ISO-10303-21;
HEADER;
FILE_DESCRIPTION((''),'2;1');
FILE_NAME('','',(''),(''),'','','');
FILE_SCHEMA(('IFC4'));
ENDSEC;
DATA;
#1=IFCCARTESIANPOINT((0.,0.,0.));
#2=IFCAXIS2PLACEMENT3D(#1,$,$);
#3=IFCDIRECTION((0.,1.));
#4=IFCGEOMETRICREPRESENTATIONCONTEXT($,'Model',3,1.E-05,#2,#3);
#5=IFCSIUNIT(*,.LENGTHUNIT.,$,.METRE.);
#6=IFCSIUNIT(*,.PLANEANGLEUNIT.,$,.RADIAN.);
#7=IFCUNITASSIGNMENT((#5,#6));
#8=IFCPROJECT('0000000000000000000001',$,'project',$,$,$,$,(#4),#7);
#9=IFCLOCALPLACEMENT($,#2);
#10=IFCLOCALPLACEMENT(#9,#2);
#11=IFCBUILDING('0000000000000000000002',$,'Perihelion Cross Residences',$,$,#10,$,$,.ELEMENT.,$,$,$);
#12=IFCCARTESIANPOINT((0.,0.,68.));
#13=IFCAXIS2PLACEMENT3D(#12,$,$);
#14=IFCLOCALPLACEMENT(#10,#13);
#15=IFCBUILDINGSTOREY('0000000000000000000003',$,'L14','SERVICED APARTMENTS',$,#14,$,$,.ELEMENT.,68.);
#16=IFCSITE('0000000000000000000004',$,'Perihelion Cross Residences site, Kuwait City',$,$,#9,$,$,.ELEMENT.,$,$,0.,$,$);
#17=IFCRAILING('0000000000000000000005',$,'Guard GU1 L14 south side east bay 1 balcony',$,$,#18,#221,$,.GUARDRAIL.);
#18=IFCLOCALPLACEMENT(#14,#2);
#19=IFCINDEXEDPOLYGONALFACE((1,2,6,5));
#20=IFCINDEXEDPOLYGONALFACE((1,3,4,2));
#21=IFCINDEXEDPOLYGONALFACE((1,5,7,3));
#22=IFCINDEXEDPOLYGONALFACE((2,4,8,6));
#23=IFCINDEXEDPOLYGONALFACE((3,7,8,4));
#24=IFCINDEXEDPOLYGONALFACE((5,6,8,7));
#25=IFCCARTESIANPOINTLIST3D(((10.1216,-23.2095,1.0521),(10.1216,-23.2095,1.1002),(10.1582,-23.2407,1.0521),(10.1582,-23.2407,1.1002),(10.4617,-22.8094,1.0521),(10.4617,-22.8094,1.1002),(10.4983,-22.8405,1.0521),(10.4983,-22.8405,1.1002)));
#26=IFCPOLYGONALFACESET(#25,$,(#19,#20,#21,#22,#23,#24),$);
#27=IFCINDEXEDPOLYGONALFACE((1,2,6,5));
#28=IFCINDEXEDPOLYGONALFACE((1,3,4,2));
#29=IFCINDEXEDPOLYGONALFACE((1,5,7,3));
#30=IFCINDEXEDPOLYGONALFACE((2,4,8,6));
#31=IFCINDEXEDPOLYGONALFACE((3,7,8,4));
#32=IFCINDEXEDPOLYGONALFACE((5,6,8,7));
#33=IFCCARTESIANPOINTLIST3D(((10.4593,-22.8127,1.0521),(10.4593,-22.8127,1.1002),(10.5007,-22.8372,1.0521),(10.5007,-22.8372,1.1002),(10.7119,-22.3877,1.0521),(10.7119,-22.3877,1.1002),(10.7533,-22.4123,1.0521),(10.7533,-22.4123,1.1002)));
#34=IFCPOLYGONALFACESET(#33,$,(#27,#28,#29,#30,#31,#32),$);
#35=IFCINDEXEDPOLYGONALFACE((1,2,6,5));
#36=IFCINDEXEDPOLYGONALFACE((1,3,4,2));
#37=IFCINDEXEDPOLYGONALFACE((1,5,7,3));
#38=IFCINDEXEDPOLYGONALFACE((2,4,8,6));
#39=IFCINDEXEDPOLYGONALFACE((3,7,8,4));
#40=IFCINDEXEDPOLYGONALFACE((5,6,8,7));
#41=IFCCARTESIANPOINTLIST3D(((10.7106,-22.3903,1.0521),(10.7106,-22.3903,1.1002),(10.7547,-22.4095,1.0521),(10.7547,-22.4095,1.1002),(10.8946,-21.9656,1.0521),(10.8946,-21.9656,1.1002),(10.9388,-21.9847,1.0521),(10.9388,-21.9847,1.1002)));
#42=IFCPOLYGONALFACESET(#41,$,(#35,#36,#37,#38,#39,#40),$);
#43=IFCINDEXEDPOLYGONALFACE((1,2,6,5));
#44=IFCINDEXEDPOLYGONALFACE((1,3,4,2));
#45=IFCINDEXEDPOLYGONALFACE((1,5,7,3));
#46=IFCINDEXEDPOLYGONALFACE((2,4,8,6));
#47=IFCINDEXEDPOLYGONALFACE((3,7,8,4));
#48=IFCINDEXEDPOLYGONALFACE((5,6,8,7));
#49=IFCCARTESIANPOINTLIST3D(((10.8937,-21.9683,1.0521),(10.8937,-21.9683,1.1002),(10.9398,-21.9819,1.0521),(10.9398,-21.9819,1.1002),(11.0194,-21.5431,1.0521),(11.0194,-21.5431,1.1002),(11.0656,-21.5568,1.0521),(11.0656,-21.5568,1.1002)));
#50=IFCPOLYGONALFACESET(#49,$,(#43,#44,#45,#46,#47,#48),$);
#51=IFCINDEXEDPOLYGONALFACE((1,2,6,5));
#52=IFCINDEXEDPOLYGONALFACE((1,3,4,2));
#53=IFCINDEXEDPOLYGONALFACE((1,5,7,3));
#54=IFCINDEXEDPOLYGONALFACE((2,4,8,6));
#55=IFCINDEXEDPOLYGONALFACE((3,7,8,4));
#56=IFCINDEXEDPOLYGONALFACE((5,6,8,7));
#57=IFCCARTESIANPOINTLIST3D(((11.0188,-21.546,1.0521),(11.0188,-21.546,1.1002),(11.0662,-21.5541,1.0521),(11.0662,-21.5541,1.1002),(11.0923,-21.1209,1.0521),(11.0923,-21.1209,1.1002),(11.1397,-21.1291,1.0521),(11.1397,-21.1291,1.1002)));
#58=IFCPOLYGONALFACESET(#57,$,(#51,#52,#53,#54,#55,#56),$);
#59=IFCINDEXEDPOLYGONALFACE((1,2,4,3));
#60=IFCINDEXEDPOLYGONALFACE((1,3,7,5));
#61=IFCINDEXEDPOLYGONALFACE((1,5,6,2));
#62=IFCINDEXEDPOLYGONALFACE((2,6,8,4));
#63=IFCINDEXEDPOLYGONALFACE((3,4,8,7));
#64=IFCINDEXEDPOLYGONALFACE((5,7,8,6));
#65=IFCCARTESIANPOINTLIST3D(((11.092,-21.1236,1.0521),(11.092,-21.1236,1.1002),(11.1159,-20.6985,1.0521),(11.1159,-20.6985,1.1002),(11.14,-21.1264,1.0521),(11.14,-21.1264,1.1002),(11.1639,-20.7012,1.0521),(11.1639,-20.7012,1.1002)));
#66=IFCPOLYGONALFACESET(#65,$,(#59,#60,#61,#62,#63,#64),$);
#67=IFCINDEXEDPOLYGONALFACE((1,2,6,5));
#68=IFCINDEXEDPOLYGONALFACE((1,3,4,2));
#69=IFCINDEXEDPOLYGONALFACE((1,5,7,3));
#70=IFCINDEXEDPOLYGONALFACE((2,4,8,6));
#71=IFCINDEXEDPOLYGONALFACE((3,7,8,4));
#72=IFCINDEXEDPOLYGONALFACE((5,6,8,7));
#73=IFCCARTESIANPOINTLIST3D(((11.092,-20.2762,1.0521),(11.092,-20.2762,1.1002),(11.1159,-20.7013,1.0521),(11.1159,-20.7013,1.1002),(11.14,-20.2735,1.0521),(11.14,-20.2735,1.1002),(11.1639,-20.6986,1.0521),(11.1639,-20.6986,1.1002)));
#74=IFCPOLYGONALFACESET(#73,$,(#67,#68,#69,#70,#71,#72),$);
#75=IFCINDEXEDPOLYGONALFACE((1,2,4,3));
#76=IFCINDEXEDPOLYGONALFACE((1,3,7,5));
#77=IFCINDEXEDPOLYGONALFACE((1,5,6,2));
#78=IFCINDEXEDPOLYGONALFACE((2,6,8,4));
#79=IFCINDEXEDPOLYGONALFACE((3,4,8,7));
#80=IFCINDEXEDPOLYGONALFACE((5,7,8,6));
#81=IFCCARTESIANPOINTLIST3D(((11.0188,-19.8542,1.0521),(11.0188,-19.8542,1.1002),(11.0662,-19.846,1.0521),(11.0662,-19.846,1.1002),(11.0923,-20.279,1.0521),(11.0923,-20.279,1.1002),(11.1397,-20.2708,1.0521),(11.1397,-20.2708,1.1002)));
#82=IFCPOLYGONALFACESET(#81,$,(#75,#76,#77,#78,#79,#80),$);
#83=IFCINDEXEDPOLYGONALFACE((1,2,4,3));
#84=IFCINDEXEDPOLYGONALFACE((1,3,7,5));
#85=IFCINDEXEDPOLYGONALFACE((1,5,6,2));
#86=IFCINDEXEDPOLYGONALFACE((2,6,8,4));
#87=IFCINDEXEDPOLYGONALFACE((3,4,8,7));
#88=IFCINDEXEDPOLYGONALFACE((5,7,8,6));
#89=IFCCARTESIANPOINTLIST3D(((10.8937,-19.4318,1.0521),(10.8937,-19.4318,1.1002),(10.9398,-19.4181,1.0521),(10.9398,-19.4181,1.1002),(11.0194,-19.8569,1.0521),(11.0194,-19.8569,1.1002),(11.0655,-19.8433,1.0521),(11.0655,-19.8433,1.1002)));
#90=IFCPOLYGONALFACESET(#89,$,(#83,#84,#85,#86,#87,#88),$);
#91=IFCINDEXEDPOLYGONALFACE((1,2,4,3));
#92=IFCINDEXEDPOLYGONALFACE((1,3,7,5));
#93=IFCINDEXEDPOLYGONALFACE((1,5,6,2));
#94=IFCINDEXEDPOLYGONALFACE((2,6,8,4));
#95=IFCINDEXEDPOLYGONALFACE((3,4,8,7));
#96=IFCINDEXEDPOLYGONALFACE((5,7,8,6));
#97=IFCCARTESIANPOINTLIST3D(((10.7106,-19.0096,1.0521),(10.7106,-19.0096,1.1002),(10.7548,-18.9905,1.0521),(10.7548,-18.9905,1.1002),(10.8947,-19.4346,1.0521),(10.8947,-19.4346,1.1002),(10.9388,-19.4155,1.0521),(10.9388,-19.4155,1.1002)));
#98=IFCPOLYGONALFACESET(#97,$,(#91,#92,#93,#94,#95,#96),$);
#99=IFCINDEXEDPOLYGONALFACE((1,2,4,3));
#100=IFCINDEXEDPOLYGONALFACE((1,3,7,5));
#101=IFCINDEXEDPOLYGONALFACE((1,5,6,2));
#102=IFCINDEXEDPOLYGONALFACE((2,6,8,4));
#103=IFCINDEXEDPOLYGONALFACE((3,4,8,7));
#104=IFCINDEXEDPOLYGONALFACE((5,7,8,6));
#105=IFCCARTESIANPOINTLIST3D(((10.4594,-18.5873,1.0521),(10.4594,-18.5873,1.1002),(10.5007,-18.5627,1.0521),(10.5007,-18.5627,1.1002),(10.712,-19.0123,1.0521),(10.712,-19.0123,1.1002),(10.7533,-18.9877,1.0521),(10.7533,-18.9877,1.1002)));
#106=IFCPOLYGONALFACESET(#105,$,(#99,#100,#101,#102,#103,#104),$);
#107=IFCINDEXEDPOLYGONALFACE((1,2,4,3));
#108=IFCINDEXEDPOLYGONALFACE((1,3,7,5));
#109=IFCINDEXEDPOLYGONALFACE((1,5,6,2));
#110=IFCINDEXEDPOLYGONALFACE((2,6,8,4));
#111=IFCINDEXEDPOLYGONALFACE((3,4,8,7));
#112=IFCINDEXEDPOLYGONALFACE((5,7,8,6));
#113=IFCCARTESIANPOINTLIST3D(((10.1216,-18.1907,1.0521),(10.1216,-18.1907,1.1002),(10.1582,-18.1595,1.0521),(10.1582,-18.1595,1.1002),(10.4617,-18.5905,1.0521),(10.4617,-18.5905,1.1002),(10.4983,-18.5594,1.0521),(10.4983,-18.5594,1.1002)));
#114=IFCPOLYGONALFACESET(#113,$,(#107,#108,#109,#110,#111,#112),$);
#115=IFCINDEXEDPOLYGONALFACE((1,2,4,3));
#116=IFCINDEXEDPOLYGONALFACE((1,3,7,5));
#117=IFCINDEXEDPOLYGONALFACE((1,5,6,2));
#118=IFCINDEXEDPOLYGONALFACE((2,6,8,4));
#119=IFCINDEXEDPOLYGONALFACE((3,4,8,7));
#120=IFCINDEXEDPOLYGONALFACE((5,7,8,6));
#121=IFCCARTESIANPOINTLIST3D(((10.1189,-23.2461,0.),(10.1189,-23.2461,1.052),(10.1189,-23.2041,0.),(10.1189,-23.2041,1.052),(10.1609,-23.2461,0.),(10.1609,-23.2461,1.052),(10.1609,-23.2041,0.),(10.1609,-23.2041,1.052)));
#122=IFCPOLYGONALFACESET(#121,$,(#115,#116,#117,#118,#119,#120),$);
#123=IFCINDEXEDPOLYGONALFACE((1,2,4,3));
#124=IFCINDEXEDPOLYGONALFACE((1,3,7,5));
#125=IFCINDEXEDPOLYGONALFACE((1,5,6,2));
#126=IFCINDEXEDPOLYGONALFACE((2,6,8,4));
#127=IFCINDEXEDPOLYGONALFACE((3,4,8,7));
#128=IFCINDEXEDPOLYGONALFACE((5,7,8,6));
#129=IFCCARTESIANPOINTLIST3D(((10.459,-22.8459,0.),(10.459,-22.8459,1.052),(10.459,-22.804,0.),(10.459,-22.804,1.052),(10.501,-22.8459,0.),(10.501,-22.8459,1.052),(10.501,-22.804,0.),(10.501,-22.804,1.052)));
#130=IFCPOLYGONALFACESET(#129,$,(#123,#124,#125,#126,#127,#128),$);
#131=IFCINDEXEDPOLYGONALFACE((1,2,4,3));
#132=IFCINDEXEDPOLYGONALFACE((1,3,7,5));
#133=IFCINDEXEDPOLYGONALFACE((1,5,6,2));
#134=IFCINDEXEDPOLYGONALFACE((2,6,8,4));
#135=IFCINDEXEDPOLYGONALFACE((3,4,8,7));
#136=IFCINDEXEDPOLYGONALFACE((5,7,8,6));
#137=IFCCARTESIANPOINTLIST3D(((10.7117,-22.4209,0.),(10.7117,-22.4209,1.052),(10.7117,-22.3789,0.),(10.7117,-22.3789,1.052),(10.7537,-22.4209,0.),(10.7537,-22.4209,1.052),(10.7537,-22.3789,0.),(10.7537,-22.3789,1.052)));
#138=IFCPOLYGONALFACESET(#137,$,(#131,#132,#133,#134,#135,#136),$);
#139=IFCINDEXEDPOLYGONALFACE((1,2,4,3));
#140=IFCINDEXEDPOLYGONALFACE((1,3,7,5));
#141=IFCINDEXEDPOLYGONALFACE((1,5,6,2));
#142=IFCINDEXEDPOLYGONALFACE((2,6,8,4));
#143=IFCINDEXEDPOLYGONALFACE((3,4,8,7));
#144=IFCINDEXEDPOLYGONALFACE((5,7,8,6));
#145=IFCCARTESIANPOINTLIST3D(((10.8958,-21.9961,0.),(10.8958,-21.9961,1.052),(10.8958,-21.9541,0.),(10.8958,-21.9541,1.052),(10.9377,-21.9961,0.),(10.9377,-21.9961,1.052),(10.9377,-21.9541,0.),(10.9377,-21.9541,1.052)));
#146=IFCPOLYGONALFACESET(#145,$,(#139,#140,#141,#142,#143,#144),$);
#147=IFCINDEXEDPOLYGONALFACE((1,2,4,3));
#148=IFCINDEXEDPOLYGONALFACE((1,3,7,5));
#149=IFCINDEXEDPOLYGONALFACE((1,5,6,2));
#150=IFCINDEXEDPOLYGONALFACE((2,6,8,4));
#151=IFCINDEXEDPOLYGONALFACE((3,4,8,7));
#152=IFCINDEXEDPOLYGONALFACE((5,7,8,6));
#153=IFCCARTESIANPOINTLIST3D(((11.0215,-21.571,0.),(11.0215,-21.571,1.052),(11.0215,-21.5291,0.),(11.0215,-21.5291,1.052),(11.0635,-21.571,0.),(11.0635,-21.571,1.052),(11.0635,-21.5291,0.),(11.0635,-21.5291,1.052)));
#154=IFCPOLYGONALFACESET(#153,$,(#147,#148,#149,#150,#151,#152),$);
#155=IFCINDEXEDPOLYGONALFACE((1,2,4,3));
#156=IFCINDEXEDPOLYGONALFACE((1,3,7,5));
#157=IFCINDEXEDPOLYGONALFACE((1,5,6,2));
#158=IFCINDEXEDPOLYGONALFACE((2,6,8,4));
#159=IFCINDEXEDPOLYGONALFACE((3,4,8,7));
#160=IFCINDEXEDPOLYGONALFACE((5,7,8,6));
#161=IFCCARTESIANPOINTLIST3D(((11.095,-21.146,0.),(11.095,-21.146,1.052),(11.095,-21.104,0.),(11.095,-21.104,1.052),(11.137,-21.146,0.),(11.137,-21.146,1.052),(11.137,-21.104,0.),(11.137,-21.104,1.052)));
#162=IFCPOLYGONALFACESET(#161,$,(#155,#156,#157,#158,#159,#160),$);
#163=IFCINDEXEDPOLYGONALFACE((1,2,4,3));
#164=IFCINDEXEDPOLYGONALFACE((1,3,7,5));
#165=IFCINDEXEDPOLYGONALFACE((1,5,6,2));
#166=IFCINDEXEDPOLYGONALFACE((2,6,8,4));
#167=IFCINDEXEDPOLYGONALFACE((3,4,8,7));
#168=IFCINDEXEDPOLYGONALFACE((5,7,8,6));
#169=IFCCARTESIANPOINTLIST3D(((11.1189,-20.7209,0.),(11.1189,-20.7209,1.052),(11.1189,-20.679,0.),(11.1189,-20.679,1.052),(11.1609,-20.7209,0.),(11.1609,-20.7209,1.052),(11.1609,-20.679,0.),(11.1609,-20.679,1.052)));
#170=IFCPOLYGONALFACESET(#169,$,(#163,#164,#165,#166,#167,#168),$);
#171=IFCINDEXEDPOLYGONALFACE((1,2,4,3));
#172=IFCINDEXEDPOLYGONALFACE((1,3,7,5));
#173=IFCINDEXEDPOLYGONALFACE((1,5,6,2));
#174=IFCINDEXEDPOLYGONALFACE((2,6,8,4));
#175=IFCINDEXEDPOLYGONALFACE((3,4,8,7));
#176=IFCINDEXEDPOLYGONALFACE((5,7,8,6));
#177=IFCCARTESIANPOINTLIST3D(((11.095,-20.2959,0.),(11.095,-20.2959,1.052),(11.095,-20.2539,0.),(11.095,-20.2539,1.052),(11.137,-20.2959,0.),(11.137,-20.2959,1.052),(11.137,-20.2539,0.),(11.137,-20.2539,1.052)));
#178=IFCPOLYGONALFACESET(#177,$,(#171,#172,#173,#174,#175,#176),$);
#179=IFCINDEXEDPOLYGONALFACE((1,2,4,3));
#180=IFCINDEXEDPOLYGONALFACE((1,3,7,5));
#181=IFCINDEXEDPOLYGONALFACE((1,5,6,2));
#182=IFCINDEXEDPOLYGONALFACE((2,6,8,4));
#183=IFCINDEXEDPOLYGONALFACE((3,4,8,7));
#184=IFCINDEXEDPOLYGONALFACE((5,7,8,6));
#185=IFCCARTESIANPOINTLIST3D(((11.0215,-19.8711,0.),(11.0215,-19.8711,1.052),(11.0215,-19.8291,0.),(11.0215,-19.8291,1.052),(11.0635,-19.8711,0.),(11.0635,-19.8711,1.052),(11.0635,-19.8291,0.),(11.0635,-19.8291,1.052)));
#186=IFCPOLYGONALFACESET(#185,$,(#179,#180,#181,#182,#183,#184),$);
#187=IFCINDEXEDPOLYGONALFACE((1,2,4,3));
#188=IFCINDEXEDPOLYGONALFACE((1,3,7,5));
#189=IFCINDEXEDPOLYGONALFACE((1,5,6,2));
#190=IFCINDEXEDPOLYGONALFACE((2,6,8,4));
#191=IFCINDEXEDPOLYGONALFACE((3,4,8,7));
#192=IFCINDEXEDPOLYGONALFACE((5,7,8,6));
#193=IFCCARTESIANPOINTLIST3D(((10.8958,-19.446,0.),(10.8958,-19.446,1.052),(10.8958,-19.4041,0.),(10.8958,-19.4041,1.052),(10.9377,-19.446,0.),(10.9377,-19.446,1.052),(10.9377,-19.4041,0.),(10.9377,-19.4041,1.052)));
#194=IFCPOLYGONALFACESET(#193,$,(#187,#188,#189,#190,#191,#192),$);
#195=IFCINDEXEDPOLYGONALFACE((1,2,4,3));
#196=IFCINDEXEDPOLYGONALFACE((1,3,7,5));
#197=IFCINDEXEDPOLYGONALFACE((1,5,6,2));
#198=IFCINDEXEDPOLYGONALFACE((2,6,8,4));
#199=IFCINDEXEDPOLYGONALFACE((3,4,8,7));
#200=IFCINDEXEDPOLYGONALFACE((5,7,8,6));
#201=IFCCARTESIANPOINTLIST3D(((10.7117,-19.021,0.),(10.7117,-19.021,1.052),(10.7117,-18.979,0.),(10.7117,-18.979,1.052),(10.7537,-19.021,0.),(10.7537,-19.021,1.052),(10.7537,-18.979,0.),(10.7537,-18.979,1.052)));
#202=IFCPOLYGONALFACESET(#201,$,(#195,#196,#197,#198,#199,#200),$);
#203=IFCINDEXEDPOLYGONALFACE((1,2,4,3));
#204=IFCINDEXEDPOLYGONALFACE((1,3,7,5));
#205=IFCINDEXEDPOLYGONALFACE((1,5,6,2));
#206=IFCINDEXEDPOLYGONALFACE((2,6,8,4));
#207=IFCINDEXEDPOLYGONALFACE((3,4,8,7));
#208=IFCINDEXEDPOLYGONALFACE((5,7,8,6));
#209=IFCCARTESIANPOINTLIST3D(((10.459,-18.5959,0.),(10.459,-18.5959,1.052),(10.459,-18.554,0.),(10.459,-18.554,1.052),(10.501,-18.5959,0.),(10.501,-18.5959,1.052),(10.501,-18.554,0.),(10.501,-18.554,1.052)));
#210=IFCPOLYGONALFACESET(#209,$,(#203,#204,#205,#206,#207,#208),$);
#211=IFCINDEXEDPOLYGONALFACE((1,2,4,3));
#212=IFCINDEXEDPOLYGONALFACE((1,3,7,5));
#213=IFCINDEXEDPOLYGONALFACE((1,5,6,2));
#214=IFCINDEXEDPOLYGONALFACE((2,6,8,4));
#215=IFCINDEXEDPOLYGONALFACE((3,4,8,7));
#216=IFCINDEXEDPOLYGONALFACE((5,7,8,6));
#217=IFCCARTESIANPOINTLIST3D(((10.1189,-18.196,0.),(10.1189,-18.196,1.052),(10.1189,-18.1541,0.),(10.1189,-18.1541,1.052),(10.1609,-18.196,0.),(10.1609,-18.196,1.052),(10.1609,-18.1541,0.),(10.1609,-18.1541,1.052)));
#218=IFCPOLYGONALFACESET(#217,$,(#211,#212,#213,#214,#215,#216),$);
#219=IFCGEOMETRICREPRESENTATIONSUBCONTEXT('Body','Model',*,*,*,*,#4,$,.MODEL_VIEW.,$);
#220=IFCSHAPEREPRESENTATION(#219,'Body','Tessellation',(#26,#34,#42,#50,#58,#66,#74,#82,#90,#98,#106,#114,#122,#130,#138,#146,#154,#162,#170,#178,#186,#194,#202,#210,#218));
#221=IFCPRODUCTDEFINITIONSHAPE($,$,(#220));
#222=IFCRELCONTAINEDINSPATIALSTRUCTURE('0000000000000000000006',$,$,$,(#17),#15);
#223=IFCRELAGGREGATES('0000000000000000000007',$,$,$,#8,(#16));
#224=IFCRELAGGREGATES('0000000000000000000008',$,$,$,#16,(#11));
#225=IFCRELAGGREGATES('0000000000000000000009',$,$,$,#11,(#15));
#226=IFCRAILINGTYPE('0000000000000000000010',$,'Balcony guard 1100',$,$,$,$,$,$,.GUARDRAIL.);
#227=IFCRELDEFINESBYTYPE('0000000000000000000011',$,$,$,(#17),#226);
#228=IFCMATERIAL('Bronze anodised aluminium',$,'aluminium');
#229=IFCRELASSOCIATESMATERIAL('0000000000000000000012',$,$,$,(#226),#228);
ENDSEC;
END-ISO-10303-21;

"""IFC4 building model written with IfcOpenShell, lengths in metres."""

from ifc_helpers import new_model, si_unit, direction, frame, origin, origin_2d, place, context, subcontext, project, spatial, rectangle, extrude, material, type_object, element, save


model = new_model("IFC4")

# Units and contexts
model_context = context("Model", 3, precision=1e-05, world=origin(), true_north=direction((0.0, 1.0)))
body_context = subcontext(model_context, "Body", "Model", "MODEL_VIEW")
ifc_project = project(units=[si_unit("LENGTHUNIT", "METRE"), si_unit("PLANEANGLEUNIT", "RADIAN")], contexts=[model_context])

# Site, building, storey
site_placement = place(None, origin())
site = spatial("IfcSite", under=ifc_project, at=site_placement, Name="Perihelion Cross Residences site, Kuwait City", CompositionType="ELEMENT", RefElevation=0.0)
building_placement = place(site_placement, origin())
building = spatial("IfcBuilding", under=site, at=building_placement, Name="Perihelion Cross Residences", CompositionType="ELEMENT")
storey_placement = place(building_placement, frame((0.0, 0.0, 68.0)))
storey = spatial("IfcBuildingStorey", under=building, at=storey_placement, Name="L14", Description="SERVICED APARTMENTS", CompositionType="ELEMENT", Elevation=68.0)

# Railing
ifc_material_1 = material(Name="Bronze anodised aluminium", Category="aluminium")
railing_type = type_object("IfcRailingType", Name="Balcony guard 1100", PredefinedType="GUARDRAIL", material=ifc_material_1)
railing_1_placement = place(storey_placement, frame((10.1399, -23.2251, 0.0)))
element("IfcRailing", 1, at=railing_1_placement, inside=storey, type_object=railing_type, Name="Guard GU1 L14 south side east bay 1 balcony", PredefinedType="GUARDRAIL", context=body_context, shape_type="SweptSolid", body=[
    extrude(rectangle(XDim=0.0481, YDim=0.0481, at=origin_2d()), frame((0.0, 0.0, 1.0762), z_axis=(0.647608, 0.761974, 0.0), x_axis=(-0.761974, 0.647608, 0.0)), (0.0, 0.0, 1.0), 0.5251),
    extrude(rectangle(XDim=0.0481, YDim=0.0481, at=origin_2d()), frame((0.3401, 0.4001, 1.0762), z_axis=(0.511006, 0.859577, 0.0), x_axis=(-0.859577, 0.511006, 0.0)), (0.0, 0.0, 1.0), 0.4944),
    extrude(rectangle(XDim=0.0481, YDim=0.0481, at=origin_2d()), frame((0.5928, 0.8252, 1.0762), z_axis=(0.397607, 0.917556, 0.0), x_axis=(-0.917556, 0.397607, 0.0)), (0.0, 0.0, 1.0), 0.4629),
    extrude(rectangle(XDim=0.0481, YDim=0.0481, at=origin_2d()), frame((0.7769, 1.25, 1.0762), z_axis=(0.283657, 0.958926, 0.0), x_axis=(-0.958926, 0.283657, 0.0)), (0.0, 0.0, 1.0), 0.4434),
    extrude(rectangle(XDim=0.0481, YDim=0.0481, at=origin_2d()), frame((0.9026, 1.675, 1.0762), z_axis=(0.170362, 0.985382, 0.0), x_axis=(-0.985382, 0.170362, 0.0)), (0.0, 0.0, 1.0), 0.4314),
    extrude(rectangle(XDim=0.0481, YDim=0.0481, at=origin_2d()), frame((0.9761, 2.1001, 1.0762), z_axis=(0.056201, 0.99842, 0.0), x_axis=(-0.99842, 0.056201, 0.0)), (0.0, 0.0, 1.0), 0.4258),
    extrude(rectangle(XDim=0.0481, YDim=0.0481, at=origin_2d()), frame((1.0, 2.5251, 1.0762), z_axis=(-0.056201, 0.99842, 0.0), x_axis=(-0.99842, -0.056201, 0.0)), (0.0, 0.0, 1.0), 0.4258),
    extrude(rectangle(XDim=0.0481, YDim=0.0481, at=origin_2d()), frame((0.9761, 2.9502, 1.0762), z_axis=(-0.170457, 0.985365, 0.0), x_axis=(-0.985365, -0.170457, 0.0)), (0.0, 0.0, 1.0), 0.4312),
    extrude(rectangle(XDim=0.0481, YDim=0.0481, at=origin_2d()), frame((0.9026, 3.375, 1.0762), z_axis=(-0.283657, 0.958926, 0.0), x_axis=(-0.958926, -0.283657, 0.0)), (0.0, 0.0, 1.0), 0.4434),
    extrude(rectangle(XDim=0.0481, YDim=0.0481, at=origin_2d()), frame((0.7769, 3.8, 1.0762), z_axis=(-0.397415, 0.917639, 0.0), x_axis=(-0.917639, -0.397415, 0.0)), (0.0, 0.0, 1.0), 0.4631),
    extrude(rectangle(XDim=0.0481, YDim=0.0481, at=origin_2d()), frame((0.5928, 4.2251, 1.0762), z_axis=(-0.511006, 0.859577, 0.0), x_axis=(-0.859577, -0.511006, 0.0)), (0.0, 0.0, 1.0), 0.4944),
    extrude(rectangle(XDim=0.0481, YDim=0.0481, at=origin_2d()), frame((0.3401, 4.6501, 1.0762), z_axis=(-0.647837, 0.761779, 0.0), x_axis=(-0.761779, -0.647837, 0.0)), (0.0, 0.0, 1.0), 0.5249),
    extrude(rectangle(XDim=0.042, YDim=0.042, at=origin_2d()), origin(), (0.0, 0.0, 1.0), 1.052),
    extrude(rectangle(XDim=0.042, YDim=0.042, at=origin_2d()), frame((0.3401, 0.4001, 0.0)), (0.0, 0.0, 1.0), 1.052),
    extrude(rectangle(XDim=0.042, YDim=0.042, at=origin_2d()), frame((0.5928, 0.8252, 0.0)), (0.0, 0.0, 1.0), 1.052),
    extrude(rectangle(XDim=0.042, YDim=0.042, at=origin_2d()), frame((0.7769, 1.25, 0.0)), (0.0, 0.0, 1.0), 1.052),
    extrude(rectangle(XDim=0.042, YDim=0.042, at=origin_2d()), frame((0.9026, 1.675, 0.0)), (0.0, 0.0, 1.0), 1.052),
    extrude(rectangle(XDim=0.042, YDim=0.042, at=origin_2d()), frame((0.9761, 2.1001, 0.0)), (0.0, 0.0, 1.0), 1.052),
    extrude(rectangle(XDim=0.042, YDim=0.042, at=origin_2d()), frame((1.0, 2.5251, 0.0)), (0.0, 0.0, 1.0), 1.052),
    extrude(rectangle(XDim=0.042, YDim=0.042, at=origin_2d()), frame((0.9761, 2.9502, 0.0)), (0.0, 0.0, 1.0), 1.052),
    extrude(rectangle(XDim=0.042, YDim=0.042, at=origin_2d()), frame((0.9026, 3.375, 0.0)), (0.0, 0.0, 1.0), 1.052),
    extrude(rectangle(XDim=0.042, YDim=0.042, at=origin_2d()), frame((0.7769, 3.8, 0.0)), (0.0, 0.0, 1.0), 1.052),
    extrude(rectangle(XDim=0.042, YDim=0.042, at=origin_2d()), frame((0.5928, 4.2251, 0.0)), (0.0, 0.0, 1.0), 1.052),
    extrude(rectangle(XDim=0.042, YDim=0.042, at=origin_2d()), frame((0.3401, 4.6501, 0.0)), (0.0, 0.0, 1.0), 1.052),
    extrude(rectangle(XDim=0.042, YDim=0.042, at=origin_2d()), frame((0.0, 5.05, 0.0)), (0.0, 0.0, 1.0), 1.052),
])

save(model, "model.ifc")
